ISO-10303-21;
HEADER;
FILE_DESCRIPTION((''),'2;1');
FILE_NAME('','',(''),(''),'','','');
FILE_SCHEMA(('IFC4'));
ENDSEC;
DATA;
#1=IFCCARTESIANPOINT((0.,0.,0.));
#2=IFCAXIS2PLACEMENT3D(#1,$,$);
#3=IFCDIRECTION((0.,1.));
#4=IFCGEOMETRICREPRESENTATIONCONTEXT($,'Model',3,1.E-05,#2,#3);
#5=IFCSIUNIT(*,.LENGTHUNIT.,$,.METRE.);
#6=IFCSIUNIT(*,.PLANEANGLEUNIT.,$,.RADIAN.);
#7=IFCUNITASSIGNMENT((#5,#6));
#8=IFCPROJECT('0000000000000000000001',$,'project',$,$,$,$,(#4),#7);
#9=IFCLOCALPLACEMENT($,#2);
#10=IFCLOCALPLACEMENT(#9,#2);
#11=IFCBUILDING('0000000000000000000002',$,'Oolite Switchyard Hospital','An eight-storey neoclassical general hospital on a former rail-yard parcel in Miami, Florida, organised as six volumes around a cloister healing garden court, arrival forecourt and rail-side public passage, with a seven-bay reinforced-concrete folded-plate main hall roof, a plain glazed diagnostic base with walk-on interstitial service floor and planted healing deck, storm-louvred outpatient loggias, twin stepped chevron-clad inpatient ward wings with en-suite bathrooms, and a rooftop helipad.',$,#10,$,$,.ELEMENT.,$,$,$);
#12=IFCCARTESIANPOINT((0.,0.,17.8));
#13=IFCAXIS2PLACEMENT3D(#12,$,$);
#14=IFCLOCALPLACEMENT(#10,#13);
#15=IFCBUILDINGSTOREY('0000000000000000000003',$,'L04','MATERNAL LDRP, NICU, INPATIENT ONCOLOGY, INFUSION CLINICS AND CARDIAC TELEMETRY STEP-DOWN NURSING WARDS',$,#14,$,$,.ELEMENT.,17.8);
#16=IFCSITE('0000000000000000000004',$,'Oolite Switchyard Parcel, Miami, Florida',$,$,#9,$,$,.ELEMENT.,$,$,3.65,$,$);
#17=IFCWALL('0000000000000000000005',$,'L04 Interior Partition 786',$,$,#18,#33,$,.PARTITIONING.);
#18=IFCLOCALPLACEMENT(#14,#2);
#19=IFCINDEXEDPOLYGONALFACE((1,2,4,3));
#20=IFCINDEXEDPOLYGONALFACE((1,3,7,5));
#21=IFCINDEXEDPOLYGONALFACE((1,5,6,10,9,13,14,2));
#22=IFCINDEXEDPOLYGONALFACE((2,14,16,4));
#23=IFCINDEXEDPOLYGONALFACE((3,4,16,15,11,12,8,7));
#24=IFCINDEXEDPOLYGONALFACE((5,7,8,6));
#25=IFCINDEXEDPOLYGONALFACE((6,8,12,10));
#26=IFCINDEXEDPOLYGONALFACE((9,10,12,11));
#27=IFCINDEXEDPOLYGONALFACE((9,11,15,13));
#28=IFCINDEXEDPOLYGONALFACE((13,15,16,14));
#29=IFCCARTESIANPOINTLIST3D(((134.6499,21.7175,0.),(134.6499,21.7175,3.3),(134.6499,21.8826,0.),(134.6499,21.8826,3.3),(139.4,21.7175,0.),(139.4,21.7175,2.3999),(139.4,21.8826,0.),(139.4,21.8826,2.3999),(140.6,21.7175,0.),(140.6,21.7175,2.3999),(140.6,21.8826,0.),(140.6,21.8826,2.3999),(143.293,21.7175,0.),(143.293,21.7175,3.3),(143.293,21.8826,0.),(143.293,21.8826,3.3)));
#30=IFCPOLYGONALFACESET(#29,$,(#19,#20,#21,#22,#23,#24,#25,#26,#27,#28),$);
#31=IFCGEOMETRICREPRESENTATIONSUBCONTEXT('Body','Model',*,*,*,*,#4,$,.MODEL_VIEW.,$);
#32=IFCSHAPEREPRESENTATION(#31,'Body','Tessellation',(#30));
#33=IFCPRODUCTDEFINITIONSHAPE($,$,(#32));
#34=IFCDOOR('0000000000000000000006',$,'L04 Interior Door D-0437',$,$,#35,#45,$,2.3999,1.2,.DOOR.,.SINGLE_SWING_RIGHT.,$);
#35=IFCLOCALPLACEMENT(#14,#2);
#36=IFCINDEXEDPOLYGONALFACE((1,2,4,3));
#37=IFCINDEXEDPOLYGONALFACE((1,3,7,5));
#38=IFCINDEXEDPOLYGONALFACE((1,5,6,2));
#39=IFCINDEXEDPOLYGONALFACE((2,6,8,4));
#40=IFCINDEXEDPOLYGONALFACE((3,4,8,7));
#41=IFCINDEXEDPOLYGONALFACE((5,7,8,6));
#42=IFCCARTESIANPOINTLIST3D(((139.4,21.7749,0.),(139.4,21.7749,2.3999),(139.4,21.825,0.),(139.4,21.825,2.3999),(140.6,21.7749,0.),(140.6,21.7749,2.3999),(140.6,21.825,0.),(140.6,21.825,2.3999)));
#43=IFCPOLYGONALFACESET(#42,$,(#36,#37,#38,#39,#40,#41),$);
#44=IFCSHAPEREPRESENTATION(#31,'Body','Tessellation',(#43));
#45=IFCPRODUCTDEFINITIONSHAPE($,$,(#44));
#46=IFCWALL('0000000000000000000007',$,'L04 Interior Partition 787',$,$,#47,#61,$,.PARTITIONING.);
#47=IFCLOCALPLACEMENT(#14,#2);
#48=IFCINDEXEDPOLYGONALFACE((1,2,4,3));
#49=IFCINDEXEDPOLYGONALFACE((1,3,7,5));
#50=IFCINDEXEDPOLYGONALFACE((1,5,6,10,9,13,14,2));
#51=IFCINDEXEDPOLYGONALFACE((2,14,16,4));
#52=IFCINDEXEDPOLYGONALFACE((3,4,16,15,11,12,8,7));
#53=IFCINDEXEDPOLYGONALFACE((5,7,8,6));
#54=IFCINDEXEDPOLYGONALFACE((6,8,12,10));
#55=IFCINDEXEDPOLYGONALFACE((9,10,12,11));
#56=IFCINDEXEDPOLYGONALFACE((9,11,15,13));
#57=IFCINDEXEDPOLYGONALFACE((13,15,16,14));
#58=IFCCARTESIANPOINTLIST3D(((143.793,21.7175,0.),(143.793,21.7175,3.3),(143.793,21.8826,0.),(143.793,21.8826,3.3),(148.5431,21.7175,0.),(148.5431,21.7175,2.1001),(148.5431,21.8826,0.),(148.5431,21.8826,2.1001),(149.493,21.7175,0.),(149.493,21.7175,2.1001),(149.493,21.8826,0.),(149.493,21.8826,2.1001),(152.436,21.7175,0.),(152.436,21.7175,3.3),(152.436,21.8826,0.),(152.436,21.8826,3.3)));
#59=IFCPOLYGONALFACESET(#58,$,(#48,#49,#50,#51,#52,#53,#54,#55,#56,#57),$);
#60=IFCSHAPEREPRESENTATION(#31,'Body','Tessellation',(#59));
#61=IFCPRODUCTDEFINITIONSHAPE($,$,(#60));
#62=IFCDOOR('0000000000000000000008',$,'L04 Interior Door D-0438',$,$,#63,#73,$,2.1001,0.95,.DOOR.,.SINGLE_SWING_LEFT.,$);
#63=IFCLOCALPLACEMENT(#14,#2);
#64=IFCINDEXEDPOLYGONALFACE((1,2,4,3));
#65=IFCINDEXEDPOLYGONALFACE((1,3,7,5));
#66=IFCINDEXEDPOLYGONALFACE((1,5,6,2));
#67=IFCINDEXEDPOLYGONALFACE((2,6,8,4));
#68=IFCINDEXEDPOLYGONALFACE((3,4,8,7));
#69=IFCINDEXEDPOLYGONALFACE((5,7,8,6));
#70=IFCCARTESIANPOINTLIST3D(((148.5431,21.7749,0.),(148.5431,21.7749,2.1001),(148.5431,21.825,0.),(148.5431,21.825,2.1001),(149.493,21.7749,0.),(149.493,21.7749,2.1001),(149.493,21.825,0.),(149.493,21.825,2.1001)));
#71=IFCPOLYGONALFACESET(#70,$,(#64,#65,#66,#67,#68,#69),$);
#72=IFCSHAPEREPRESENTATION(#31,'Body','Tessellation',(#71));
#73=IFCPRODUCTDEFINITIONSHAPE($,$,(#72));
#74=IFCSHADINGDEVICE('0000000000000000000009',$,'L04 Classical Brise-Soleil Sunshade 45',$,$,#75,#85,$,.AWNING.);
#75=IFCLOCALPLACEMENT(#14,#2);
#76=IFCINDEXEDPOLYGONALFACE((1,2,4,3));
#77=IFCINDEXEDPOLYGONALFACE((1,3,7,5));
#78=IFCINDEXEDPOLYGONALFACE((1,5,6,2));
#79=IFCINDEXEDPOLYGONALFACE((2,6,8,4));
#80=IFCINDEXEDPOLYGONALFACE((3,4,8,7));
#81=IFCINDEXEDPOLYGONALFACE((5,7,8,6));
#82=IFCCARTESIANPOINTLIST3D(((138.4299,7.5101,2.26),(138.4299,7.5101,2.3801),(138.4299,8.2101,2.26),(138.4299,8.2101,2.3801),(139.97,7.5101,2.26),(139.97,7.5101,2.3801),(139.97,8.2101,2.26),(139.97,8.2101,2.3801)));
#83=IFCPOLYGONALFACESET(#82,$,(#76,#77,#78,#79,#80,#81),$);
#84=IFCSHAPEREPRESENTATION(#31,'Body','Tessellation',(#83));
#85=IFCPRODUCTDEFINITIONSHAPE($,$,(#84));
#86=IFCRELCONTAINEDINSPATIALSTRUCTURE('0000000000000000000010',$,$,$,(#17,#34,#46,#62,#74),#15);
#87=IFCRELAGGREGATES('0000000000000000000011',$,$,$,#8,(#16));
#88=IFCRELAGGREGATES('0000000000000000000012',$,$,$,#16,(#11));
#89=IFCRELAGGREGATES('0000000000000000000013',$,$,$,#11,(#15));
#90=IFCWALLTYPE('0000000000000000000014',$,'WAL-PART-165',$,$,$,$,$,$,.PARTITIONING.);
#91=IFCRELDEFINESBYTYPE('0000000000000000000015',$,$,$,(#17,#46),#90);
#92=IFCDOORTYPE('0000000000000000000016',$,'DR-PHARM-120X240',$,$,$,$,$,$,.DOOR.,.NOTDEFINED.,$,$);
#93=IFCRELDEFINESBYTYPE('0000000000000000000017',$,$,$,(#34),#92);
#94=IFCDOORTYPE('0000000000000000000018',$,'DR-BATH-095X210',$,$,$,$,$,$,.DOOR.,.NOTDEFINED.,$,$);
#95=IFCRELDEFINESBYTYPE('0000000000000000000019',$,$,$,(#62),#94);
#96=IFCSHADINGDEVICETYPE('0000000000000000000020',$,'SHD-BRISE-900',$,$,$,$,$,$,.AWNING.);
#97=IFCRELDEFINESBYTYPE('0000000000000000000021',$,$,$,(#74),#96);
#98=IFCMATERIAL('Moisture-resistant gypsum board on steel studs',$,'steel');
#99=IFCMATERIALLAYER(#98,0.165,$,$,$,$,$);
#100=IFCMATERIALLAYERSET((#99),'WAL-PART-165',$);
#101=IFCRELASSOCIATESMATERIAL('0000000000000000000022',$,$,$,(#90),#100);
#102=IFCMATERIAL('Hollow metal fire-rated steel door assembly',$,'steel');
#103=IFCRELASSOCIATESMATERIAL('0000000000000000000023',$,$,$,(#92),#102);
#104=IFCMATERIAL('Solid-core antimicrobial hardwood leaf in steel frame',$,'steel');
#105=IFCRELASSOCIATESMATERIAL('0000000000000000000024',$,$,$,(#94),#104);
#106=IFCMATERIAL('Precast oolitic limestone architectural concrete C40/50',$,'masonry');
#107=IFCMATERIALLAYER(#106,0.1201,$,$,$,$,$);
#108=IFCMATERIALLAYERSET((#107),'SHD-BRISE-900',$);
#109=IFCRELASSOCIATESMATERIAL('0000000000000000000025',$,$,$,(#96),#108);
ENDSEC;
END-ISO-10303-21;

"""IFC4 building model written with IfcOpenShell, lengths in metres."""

from ifc_helpers import new_model, si_unit, direction, frame, frame_2d, origin, origin_2d, place, context, subcontext, project, spatial, rectangle, extrude, material, layer, layer_set, type_object, element, fill, save


model = new_model("IFC4")

# Units and contexts
model_context = context("Model", 3, precision=1e-05, world=origin(), true_north=direction((0.0, 1.0)))
body_context = subcontext(model_context, "Body", "Model", "MODEL_VIEW")
ifc_project = project(units=[si_unit("LENGTHUNIT", "METRE"), si_unit("PLANEANGLEUNIT", "RADIAN")], contexts=[model_context])

# Site, building, storey
site_placement = place(None, origin())
site = spatial("IfcSite", under=ifc_project, at=site_placement, Name="Oolite Switchyard Parcel, Miami, Florida", CompositionType="ELEMENT", RefElevation=3.65)
building_placement = place(site_placement, origin())
building = spatial("IfcBuilding", under=site, at=building_placement, Name="Oolite Switchyard Hospital", Description="An eight-storey neoclassical general hospital on a former rail-yard parcel in Miami, Florida, organised as six volumes around a cloister healing garden court, arrival forecourt and rail-side public passage, with a seven-bay reinforced-concrete folded-plate main hall roof, a plain glazed diagnostic base with walk-on interstitial service floor and planted healing deck, storm-louvred outpatient loggias, twin stepped chevron-clad inpatient ward wings with en-suite bathrooms, and a rooftop helipad.", CompositionType="ELEMENT")
storey_placement = place(building_placement, frame((0.0, 0.0, 17.8)))
storey = spatial("IfcBuildingStorey", under=building, at=storey_placement, Name="L04", Description="MATERNAL LDRP, NICU, INPATIENT ONCOLOGY, INFUSION CLINICS AND CARDIAC TELEMETRY STEP-DOWN NURSING WARDS", CompositionType="ELEMENT", Elevation=17.8)

# Shared definitions
ifc_material_1 = material(Name="Precast oolitic limestone architectural concrete C40/50", Category="masonry")

# Walls, openings, doors
ifc_material_2 = material(Name="Moisture-resistant gypsum board on steel studs", Category="steel")
ifc_layer_1 = layer(ifc_material_2, 0.165)
ifc_layer_set_1 = layer_set([ifc_layer_1], Name="WAL-PART-165")
wall_type_1 = type_object("IfcWallType", Name="WAL-PART-165", PredefinedType="PARTITIONING", material=ifc_layer_set_1)
ifc_material_3 = material(Name="Solid-core antimicrobial hardwood leaf in steel frame", Category="steel")
wall_1_placement = place(storey_placement, frame((134.6499, 21.8, 0.0), z_axis=(0.0, 0.0, 1.0), x_axis=(1.0, 0.0, 0.0)))
wall_1 = element("IfcWall", 1, at=wall_1_placement, inside=storey, type_object=wall_type_1, Name="L04 Interior Partition 786", PredefinedType="PARTITIONING", context=body_context, shape_type="SweptSolid", body=[
    extrude(rectangle(XDim=8.6431, YDim=0.165, at=frame_2d((4.3215, 0.0))), origin(), (0.0, 0.0, 1.0), 3.3),
])
opening_1_placement = place(wall_1_placement, frame((4.75, 0.0, 0.0)))
opening_1 = element("IfcOpeningElement", 2, at=opening_1_placement, cuts=wall_1, PredefinedType="OPENING", context=body_context, shape_type="SweptSolid", body=[
    extrude(rectangle(XDim=1.2, YDim=2.3999, at=frame_2d((0.6001, 1.2))), frame((0.0, 0.0925, 0.0), z_axis=(0.0, -1.0, 0.0), x_axis=(1.0, 0.0, 0.0)), (0.0, 0.0, 1.0), 0.1851),
])
ifc_material_4 = material(Name="Hollow metal fire-rated steel door assembly", Category="steel")
door_type_1 = type_object("IfcDoorType", Name="DR-PHARM-120X240", OperationType="NOTDEFINED", PredefinedType="DOOR", material=ifc_material_4)
door_1_placement = place(opening_1_placement, origin())
door_1 = element("IfcDoor", 3, at=door_1_placement, inside=storey, type_object=door_type_1, Name="L04 Interior Door D-0437", OperationType="SINGLE_SWING_RIGHT", OverallHeight=2.3999, OverallWidth=1.2, PredefinedType="DOOR", context=body_context, shape_type="SweptSolid", body=[
    extrude(rectangle(XDim=1.2, YDim=2.3999, at=frame_2d((0.6001, 1.2))), frame((0.0, 0.0249, 0.0), z_axis=(0.0, -1.0, 0.0), x_axis=(1.0, 0.0, 0.0)), (0.0, 0.0, 1.0), 0.05),
])
fill(opening_1, door_1)
wall_2_placement = place(storey_placement, frame((143.793, 21.8, 0.0), z_axis=(0.0, 0.0, 1.0), x_axis=(1.0, 0.0, 0.0)))
wall_2 = element("IfcWall", 4, at=wall_2_placement, inside=storey, type_object=wall_type_1, Name="L04 Interior Partition 787", PredefinedType="PARTITIONING", context=body_context, shape_type="SweptSolid", body=[
    extrude(rectangle(XDim=8.6431, YDim=0.165, at=frame_2d((4.3215, 0.0))), origin(), (0.0, 0.0, 1.0), 3.3),
])
opening_2_placement = place(wall_2_placement, frame((4.75, 0.0, 0.0)))
opening_2 = element("IfcOpeningElement", 5, at=opening_2_placement, cuts=wall_2, PredefinedType="OPENING", context=body_context, shape_type="SweptSolid", body=[
    extrude(rectangle(XDim=0.95, YDim=2.1001, at=frame_2d((0.4751, 1.05))), frame((0.0, 0.0925, 0.0), z_axis=(0.0, -1.0, 0.0), x_axis=(1.0, 0.0, 0.0)), (0.0, 0.0, 1.0), 0.1851),
])
door_type_2 = type_object("IfcDoorType", Name="DR-BATH-095X210", OperationType="NOTDEFINED", PredefinedType="DOOR", material=ifc_material_3)
door_2_placement = place(opening_2_placement, origin())
door_2 = element("IfcDoor", 6, at=door_2_placement, inside=storey, type_object=door_type_2, Name="L04 Interior Door D-0438", OperationType="SINGLE_SWING_LEFT", OverallHeight=2.1001, OverallWidth=0.95, PredefinedType="DOOR", context=body_context, shape_type="SweptSolid", body=[
    extrude(rectangle(XDim=0.95, YDim=2.1001, at=frame_2d((0.4751, 1.05))), frame((0.0, 0.0249, 0.0), z_axis=(0.0, -1.0, 0.0), x_axis=(1.0, 0.0, 0.0)), (0.0, 0.0, 1.0), 0.05),
])
fill(opening_2, door_2)

# Shading device
ifc_layer_2 = layer(ifc_material_1, 0.1201)
ifc_layer_set_2 = layer_set([ifc_layer_2], Name="SHD-BRISE-900")
shading_device_type = type_object("IfcShadingDeviceType", Name="SHD-BRISE-900", PredefinedType="AWNING", material=ifc_layer_set_2)
shading_device_placement = place(storey_placement, frame((139.2, 7.8601, 2.26), z_axis=(0.0, 0.0, 1.0), x_axis=(1.0, 0.0, 0.0)))
element("IfcShadingDevice", 7, at=shading_device_placement, inside=storey, type_object=shading_device_type, Name="L04 Classical Brise-Soleil Sunshade 45", PredefinedType="AWNING", context=body_context, shape_type="SweptSolid", body=[
    extrude(rectangle(XDim=1.54, YDim=0.7, at=origin_2d()), origin(), (0.0, 0.0, 1.0), 0.1201),
])

save(model, "model.ifc")
